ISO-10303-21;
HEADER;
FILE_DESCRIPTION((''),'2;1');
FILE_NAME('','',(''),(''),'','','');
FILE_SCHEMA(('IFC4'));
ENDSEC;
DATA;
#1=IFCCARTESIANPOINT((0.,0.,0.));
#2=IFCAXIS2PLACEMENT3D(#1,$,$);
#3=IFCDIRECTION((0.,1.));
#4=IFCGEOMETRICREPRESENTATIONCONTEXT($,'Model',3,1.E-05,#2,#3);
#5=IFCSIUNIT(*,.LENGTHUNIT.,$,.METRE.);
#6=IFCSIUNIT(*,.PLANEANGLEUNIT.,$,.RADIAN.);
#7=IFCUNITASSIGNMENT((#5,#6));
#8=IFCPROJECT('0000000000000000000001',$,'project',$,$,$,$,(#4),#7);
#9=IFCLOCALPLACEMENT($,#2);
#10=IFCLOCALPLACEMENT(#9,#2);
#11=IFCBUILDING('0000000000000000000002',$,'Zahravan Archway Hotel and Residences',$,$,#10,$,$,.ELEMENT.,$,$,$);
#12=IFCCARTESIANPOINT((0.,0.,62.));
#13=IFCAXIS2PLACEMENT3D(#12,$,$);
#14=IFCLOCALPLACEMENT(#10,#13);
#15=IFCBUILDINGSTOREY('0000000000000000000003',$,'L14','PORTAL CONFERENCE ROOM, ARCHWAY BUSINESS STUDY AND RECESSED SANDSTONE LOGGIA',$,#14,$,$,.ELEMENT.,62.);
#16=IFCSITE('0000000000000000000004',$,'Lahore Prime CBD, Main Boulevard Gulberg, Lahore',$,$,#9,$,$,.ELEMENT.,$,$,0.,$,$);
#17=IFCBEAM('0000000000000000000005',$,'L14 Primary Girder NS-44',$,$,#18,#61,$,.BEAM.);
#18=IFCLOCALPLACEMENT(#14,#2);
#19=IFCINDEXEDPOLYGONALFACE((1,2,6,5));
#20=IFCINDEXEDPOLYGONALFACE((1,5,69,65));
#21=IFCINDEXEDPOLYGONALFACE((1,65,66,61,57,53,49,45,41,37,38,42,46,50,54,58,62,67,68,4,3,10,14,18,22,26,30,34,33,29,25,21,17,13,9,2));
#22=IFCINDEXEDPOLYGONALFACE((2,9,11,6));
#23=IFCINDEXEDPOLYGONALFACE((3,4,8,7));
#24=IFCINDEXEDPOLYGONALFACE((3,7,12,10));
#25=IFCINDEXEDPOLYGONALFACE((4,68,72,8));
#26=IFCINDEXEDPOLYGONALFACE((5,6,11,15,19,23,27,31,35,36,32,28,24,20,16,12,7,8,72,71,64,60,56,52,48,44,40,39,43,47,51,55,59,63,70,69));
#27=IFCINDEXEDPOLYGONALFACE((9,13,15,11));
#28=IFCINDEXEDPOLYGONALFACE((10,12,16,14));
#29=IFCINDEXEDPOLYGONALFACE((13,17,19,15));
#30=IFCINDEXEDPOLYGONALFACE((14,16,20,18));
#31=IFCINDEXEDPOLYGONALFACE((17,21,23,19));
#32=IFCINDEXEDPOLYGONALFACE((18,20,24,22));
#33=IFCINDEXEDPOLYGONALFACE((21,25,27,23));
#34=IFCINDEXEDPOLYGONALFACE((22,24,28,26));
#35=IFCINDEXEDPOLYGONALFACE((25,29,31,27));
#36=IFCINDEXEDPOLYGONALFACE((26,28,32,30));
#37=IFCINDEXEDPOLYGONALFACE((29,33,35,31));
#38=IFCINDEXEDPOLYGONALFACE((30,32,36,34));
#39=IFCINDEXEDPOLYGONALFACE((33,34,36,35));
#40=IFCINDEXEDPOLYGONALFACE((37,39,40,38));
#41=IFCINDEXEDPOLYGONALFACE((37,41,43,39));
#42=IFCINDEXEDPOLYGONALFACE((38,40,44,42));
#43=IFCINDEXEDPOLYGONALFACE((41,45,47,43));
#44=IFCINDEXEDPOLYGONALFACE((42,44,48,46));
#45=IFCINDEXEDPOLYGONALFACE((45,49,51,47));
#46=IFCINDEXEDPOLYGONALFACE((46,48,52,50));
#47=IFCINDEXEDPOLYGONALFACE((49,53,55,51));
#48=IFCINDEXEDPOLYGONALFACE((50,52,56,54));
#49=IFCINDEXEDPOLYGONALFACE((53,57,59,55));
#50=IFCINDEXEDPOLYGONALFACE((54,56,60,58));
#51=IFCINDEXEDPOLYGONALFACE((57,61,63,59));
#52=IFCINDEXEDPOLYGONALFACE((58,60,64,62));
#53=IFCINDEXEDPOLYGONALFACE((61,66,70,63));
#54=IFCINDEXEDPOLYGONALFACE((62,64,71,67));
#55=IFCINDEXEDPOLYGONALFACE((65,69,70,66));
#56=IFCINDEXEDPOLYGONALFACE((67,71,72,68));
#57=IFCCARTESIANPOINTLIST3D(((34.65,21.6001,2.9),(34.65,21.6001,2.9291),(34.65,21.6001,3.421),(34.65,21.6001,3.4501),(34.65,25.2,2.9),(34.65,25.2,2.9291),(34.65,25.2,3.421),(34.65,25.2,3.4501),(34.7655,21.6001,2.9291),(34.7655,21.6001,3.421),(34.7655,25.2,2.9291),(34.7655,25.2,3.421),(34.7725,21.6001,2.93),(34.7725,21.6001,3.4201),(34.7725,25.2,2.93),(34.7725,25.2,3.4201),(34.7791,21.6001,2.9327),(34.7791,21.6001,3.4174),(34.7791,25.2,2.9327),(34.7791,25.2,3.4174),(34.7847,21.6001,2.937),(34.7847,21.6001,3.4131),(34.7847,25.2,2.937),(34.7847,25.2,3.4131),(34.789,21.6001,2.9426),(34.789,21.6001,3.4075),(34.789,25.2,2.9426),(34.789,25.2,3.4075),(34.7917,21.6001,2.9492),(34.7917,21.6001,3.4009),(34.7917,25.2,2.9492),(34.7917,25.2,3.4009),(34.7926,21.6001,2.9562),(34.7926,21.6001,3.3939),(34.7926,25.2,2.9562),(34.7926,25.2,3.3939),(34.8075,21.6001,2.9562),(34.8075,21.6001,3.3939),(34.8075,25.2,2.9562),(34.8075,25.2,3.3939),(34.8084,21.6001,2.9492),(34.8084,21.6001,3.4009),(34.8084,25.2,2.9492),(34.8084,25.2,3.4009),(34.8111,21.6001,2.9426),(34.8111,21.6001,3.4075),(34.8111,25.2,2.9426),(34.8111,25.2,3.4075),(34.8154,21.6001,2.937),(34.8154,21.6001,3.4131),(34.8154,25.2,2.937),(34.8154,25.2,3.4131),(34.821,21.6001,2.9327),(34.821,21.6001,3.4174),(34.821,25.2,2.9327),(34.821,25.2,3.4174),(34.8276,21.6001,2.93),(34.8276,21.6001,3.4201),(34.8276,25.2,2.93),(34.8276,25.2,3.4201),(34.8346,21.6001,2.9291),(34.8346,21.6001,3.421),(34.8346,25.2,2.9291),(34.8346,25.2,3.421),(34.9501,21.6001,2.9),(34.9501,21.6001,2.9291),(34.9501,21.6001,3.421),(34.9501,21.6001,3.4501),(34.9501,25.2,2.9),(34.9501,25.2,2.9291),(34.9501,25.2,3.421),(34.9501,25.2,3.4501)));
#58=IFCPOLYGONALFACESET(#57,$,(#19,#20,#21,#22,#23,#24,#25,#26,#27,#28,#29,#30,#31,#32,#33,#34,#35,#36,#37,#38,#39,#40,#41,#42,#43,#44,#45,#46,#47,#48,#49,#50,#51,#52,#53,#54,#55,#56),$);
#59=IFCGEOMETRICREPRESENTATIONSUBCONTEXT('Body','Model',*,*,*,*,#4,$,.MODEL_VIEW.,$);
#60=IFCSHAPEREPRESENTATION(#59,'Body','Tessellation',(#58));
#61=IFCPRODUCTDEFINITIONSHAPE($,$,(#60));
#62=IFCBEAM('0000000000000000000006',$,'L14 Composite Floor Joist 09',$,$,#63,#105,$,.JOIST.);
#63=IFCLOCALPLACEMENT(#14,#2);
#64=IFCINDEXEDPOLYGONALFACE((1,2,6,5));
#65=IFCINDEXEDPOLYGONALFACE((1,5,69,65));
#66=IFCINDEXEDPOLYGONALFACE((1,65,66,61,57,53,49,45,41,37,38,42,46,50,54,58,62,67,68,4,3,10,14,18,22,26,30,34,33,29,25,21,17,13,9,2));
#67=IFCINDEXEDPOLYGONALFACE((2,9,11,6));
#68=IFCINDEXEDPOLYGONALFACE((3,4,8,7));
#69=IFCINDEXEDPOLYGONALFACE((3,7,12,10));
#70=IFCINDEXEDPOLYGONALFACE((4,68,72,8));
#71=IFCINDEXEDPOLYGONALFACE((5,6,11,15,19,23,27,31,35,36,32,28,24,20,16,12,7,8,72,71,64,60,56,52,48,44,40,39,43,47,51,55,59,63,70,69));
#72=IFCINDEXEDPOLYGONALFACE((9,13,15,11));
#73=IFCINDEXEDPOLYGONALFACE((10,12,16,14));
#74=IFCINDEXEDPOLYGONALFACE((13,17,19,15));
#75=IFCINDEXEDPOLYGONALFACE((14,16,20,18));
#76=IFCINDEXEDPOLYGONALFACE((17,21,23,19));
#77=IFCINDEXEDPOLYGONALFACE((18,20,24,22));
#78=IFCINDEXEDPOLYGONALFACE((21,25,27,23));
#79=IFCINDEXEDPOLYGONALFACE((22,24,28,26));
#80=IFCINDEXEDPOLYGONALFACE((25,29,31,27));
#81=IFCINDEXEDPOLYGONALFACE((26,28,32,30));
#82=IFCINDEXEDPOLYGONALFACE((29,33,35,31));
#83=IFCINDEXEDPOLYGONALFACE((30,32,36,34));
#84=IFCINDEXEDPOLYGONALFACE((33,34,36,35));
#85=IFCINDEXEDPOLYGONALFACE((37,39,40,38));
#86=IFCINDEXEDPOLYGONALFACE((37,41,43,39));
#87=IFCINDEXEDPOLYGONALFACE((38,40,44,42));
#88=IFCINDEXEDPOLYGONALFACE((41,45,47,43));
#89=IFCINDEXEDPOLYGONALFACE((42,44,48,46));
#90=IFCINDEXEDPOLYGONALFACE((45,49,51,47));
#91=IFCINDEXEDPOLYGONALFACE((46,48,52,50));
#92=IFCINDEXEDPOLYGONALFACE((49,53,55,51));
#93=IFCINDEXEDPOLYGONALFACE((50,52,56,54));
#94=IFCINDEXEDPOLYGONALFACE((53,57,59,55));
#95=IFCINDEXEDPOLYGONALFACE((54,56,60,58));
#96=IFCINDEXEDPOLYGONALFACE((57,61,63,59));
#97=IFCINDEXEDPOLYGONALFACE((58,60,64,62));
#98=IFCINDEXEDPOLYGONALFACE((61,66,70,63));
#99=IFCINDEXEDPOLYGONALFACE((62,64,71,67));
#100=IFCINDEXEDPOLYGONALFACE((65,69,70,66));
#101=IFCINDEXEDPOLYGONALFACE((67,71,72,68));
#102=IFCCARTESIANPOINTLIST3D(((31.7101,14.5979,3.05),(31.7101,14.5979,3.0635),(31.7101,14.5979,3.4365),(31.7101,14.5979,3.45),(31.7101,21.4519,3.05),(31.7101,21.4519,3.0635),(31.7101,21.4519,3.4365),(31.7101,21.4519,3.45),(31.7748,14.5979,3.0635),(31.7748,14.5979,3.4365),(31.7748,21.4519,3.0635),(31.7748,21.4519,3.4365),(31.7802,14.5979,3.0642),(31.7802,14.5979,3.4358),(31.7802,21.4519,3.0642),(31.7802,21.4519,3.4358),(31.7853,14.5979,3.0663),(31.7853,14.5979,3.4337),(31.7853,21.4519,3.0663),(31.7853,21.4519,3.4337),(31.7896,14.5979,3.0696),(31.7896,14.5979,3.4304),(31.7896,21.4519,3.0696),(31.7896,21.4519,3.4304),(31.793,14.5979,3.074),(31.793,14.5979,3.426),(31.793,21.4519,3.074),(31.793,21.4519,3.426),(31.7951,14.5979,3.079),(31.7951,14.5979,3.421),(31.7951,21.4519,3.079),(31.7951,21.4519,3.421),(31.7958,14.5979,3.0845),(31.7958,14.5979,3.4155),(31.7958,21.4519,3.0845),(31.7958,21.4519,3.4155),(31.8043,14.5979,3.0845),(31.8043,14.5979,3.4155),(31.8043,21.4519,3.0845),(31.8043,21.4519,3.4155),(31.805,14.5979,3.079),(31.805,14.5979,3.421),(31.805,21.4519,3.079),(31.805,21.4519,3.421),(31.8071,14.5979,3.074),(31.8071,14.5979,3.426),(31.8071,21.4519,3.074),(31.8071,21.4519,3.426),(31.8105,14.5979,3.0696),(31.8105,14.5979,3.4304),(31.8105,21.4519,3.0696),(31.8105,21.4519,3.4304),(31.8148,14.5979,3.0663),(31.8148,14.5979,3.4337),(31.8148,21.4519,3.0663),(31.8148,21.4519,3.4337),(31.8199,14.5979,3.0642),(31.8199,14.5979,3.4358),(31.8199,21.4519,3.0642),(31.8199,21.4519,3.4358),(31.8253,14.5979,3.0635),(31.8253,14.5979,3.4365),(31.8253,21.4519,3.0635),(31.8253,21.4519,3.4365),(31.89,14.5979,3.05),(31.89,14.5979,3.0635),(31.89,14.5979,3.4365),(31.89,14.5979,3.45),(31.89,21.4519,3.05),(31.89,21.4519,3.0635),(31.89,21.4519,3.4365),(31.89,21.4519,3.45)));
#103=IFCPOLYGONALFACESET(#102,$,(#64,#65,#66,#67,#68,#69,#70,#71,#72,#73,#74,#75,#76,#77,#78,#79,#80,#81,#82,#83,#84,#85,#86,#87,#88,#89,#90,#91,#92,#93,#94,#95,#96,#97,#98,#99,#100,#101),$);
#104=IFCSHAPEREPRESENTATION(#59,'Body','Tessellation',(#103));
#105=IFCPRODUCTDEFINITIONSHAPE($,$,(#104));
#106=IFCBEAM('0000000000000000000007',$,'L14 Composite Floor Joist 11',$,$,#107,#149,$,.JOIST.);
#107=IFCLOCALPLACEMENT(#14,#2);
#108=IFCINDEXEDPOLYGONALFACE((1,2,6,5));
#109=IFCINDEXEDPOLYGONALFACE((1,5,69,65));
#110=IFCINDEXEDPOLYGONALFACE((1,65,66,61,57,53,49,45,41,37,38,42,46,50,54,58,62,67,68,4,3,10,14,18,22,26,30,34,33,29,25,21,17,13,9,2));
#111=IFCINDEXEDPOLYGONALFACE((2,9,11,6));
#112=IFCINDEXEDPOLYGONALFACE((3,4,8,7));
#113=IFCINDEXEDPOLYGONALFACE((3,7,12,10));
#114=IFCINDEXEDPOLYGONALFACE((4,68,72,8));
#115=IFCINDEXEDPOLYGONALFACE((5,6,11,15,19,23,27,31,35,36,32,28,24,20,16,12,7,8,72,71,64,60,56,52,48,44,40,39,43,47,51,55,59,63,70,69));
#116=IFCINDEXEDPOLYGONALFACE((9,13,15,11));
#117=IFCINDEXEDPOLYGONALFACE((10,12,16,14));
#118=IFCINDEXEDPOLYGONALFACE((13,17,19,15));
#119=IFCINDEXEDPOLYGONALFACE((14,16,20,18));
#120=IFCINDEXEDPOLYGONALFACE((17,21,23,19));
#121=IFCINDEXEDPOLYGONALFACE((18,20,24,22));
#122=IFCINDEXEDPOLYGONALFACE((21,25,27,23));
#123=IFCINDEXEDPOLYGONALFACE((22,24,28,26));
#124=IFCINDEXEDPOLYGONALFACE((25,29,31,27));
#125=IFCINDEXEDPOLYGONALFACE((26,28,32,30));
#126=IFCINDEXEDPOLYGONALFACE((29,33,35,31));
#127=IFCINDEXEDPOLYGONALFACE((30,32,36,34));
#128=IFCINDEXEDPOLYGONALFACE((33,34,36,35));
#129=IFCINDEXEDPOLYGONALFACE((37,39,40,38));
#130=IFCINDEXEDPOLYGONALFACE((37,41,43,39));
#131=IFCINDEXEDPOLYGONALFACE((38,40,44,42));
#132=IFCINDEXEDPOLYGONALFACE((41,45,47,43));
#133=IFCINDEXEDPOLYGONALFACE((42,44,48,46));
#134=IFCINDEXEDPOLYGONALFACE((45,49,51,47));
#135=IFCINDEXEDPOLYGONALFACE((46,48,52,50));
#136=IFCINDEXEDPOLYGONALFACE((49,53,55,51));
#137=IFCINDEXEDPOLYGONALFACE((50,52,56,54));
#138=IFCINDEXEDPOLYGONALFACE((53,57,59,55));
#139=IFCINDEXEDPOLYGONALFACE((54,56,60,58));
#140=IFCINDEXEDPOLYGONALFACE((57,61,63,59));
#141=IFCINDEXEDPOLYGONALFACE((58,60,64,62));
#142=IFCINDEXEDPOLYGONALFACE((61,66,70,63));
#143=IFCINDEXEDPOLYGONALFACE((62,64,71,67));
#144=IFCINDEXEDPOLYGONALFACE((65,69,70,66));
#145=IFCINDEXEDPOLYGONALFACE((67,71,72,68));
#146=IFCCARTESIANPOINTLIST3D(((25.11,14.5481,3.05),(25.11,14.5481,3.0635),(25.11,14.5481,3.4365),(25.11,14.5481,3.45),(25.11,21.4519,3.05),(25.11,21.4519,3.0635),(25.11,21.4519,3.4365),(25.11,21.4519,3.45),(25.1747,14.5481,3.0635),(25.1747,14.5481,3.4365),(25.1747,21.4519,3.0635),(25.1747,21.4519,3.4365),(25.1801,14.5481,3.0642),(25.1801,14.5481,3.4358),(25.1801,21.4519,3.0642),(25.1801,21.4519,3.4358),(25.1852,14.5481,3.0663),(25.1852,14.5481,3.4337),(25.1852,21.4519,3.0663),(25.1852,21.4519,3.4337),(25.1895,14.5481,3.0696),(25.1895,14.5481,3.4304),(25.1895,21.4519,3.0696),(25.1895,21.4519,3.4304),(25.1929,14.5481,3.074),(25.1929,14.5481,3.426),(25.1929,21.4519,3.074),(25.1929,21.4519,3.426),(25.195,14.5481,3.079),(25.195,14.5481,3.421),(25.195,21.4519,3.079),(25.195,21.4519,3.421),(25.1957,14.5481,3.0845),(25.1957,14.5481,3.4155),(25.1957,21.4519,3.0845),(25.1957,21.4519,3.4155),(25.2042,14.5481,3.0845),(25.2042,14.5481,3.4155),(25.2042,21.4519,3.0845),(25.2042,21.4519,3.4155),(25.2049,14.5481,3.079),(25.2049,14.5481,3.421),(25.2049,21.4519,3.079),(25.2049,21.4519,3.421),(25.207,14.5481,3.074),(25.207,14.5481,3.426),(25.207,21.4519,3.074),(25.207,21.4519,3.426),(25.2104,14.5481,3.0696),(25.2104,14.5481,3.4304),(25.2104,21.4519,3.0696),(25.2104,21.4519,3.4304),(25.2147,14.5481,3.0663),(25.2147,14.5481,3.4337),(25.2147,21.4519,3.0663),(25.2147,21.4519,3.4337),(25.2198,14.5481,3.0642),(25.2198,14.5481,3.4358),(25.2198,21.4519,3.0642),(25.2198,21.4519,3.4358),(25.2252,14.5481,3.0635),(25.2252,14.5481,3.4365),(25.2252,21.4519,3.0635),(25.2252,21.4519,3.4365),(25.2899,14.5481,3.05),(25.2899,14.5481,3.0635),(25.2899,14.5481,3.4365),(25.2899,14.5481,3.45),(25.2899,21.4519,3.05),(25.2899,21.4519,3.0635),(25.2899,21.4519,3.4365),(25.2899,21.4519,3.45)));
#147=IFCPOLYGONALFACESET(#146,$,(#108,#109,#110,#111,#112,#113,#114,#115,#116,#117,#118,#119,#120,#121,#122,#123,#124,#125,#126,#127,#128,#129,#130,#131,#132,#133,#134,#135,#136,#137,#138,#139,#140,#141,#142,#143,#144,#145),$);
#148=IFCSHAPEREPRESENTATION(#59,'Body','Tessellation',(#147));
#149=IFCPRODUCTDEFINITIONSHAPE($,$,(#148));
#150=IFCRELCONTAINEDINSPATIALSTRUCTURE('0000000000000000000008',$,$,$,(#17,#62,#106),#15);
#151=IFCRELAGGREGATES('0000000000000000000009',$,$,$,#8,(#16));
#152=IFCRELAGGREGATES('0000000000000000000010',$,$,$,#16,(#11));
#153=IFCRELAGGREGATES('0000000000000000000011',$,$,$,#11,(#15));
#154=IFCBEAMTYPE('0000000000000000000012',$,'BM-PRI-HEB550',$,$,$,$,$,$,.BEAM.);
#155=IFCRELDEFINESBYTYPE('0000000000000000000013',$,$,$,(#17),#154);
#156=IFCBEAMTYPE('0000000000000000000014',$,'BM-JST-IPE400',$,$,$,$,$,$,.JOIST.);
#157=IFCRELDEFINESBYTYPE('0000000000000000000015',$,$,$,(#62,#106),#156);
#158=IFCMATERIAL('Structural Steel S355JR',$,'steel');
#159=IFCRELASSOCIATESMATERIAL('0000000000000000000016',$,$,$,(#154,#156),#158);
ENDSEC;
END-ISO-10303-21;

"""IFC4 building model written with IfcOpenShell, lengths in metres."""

from ifc_helpers import new_model, si_unit, direction, frame, origin, origin_2d, place, context, subcontext, project, spatial, i_section, extrude, source, transform, mapped, material, material_profile, profile_set, type_object, element, save


model = new_model("IFC4")

# Units and contexts
model_context = context("Model", 3, precision=1e-05, world=origin(), true_north=direction((0.0, 1.0)))
body_context = subcontext(model_context, "Body", "Model", "MODEL_VIEW")
ifc_project = project(units=[si_unit("LENGTHUNIT", "METRE"), si_unit("PLANEANGLEUNIT", "RADIAN")], contexts=[model_context])

# Site, building, storey
site_placement = place(None, origin())
site = spatial("IfcSite", under=ifc_project, at=site_placement, Name="Lahore Prime CBD, Main Boulevard Gulberg, Lahore", CompositionType="ELEMENT", RefElevation=0.0)
building_placement = place(site_placement, origin())
building = spatial("IfcBuilding", under=site, at=building_placement, Name="Zahravan Archway Hotel and Residences", CompositionType="ELEMENT")
storey_placement = place(building_placement, frame((0.0, 0.0, 62.0)))
storey = spatial("IfcBuildingStorey", under=building, at=storey_placement, Name="L14", Description="PORTAL CONFERENCE ROOM, ARCHWAY BUSINESS STUDY AND RECESSED SANDSTONE LOGGIA", CompositionType="ELEMENT", Elevation=62.0)

# Beams
ifc_material_1 = material(Name="Structural Steel S355JR", Category="steel")
ifc_material_profile_1 = material_profile(ifc_material_1, i_section(OverallWidth=0.3, OverallDepth=0.55, WebThickness=0.0149, FlangeThickness=0.0291, FilletRadius=0.0271, at=origin_2d()), Name="HEB 550", Category="steel")
ifc_profile_set_1 = profile_set([ifc_material_profile_1], Name="Structural Steel S355JR")
beam_type_1 = type_object("IfcBeamType", Name="BM-PRI-HEB550", PredefinedType="BEAM", material=ifc_profile_set_1)
shared_shape_1 = source(origin(), body_context, "Body", "SweptSolid", [
    extrude(i_section(OverallWidth=0.3, OverallDepth=0.55, WebThickness=0.0149, FlangeThickness=0.0291, FilletRadius=0.0271, at=origin_2d()), origin(), (0.0, 0.0, 1.0), 3.5999),
])
beam_1_placement = place(storey_placement, frame((34.8, 21.6001, 3.175), z_axis=(0.0, 1.0, 0.0), x_axis=(-1.0, 0.0, 0.0)))
element("IfcBeam", 1, at=beam_1_placement, inside=storey, type_object=beam_type_1, Name="L14 Primary Girder NS-44", PredefinedType="BEAM", context=body_context, shape_type="MappedRepresentation", body=[
    mapped(shared_shape_1, transform((0.0, 0.0, 0.0), scale=1.0)),
])
ifc_material_profile_2 = material_profile(ifc_material_1, i_section(OverallWidth=0.1799, OverallDepth=0.3999, WebThickness=0.0085, FlangeThickness=0.0134, FilletRadius=0.021, at=origin_2d()), Name="IPE 400", Category="steel")
ifc_profile_set_2 = profile_set([ifc_material_profile_2], Name="Structural Steel S355JR")
beam_type_2 = type_object("IfcBeamType", Name="BM-JST-IPE400", PredefinedType="JOIST", material=ifc_profile_set_2)
shared_shape_2 = source(origin(), body_context, "Body", "SweptSolid", [
    extrude(i_section(OverallWidth=0.1799, OverallDepth=0.3999, WebThickness=0.0085, FlangeThickness=0.0134, FilletRadius=0.021, at=origin_2d()), origin(), (0.0, 0.0, 1.0), 6.854),
])
beam_2_placement = place(storey_placement, frame((31.8, 14.5979, 3.25), z_axis=(0.0, 1.0, 0.0), x_axis=(-1.0, 0.0, 0.0)))
element("IfcBeam", 2, at=beam_2_placement, inside=storey, type_object=beam_type_2, Name="L14 Composite Floor Joist 09", PredefinedType="JOIST", context=body_context, shape_type="MappedRepresentation", body=[
    mapped(shared_shape_2, transform((0.0, 0.0, 0.0), scale=1.0)),
])
shared_shape_3 = source(origin(), body_context, "Body", "SweptSolid", [
    extrude(i_section(OverallWidth=0.1799, OverallDepth=0.3999, WebThickness=0.0085, FlangeThickness=0.0134, FilletRadius=0.021, at=origin_2d()), origin(), (0.0, 0.0, 1.0), 6.9038),
])
beam_3_placement = place(storey_placement, frame((25.2, 14.5481, 3.25), z_axis=(0.0, 1.0, 0.0), x_axis=(-1.0, 0.0, 0.0)))
element("IfcBeam", 3, at=beam_3_placement, inside=storey, type_object=beam_type_2, Name="L14 Composite Floor Joist 11", PredefinedType="JOIST", context=body_context, shape_type="MappedRepresentation", body=[
    mapped(shared_shape_3, transform((0.0, 0.0, 0.0), scale=1.0)),
])

save(model, "model.ifc")
